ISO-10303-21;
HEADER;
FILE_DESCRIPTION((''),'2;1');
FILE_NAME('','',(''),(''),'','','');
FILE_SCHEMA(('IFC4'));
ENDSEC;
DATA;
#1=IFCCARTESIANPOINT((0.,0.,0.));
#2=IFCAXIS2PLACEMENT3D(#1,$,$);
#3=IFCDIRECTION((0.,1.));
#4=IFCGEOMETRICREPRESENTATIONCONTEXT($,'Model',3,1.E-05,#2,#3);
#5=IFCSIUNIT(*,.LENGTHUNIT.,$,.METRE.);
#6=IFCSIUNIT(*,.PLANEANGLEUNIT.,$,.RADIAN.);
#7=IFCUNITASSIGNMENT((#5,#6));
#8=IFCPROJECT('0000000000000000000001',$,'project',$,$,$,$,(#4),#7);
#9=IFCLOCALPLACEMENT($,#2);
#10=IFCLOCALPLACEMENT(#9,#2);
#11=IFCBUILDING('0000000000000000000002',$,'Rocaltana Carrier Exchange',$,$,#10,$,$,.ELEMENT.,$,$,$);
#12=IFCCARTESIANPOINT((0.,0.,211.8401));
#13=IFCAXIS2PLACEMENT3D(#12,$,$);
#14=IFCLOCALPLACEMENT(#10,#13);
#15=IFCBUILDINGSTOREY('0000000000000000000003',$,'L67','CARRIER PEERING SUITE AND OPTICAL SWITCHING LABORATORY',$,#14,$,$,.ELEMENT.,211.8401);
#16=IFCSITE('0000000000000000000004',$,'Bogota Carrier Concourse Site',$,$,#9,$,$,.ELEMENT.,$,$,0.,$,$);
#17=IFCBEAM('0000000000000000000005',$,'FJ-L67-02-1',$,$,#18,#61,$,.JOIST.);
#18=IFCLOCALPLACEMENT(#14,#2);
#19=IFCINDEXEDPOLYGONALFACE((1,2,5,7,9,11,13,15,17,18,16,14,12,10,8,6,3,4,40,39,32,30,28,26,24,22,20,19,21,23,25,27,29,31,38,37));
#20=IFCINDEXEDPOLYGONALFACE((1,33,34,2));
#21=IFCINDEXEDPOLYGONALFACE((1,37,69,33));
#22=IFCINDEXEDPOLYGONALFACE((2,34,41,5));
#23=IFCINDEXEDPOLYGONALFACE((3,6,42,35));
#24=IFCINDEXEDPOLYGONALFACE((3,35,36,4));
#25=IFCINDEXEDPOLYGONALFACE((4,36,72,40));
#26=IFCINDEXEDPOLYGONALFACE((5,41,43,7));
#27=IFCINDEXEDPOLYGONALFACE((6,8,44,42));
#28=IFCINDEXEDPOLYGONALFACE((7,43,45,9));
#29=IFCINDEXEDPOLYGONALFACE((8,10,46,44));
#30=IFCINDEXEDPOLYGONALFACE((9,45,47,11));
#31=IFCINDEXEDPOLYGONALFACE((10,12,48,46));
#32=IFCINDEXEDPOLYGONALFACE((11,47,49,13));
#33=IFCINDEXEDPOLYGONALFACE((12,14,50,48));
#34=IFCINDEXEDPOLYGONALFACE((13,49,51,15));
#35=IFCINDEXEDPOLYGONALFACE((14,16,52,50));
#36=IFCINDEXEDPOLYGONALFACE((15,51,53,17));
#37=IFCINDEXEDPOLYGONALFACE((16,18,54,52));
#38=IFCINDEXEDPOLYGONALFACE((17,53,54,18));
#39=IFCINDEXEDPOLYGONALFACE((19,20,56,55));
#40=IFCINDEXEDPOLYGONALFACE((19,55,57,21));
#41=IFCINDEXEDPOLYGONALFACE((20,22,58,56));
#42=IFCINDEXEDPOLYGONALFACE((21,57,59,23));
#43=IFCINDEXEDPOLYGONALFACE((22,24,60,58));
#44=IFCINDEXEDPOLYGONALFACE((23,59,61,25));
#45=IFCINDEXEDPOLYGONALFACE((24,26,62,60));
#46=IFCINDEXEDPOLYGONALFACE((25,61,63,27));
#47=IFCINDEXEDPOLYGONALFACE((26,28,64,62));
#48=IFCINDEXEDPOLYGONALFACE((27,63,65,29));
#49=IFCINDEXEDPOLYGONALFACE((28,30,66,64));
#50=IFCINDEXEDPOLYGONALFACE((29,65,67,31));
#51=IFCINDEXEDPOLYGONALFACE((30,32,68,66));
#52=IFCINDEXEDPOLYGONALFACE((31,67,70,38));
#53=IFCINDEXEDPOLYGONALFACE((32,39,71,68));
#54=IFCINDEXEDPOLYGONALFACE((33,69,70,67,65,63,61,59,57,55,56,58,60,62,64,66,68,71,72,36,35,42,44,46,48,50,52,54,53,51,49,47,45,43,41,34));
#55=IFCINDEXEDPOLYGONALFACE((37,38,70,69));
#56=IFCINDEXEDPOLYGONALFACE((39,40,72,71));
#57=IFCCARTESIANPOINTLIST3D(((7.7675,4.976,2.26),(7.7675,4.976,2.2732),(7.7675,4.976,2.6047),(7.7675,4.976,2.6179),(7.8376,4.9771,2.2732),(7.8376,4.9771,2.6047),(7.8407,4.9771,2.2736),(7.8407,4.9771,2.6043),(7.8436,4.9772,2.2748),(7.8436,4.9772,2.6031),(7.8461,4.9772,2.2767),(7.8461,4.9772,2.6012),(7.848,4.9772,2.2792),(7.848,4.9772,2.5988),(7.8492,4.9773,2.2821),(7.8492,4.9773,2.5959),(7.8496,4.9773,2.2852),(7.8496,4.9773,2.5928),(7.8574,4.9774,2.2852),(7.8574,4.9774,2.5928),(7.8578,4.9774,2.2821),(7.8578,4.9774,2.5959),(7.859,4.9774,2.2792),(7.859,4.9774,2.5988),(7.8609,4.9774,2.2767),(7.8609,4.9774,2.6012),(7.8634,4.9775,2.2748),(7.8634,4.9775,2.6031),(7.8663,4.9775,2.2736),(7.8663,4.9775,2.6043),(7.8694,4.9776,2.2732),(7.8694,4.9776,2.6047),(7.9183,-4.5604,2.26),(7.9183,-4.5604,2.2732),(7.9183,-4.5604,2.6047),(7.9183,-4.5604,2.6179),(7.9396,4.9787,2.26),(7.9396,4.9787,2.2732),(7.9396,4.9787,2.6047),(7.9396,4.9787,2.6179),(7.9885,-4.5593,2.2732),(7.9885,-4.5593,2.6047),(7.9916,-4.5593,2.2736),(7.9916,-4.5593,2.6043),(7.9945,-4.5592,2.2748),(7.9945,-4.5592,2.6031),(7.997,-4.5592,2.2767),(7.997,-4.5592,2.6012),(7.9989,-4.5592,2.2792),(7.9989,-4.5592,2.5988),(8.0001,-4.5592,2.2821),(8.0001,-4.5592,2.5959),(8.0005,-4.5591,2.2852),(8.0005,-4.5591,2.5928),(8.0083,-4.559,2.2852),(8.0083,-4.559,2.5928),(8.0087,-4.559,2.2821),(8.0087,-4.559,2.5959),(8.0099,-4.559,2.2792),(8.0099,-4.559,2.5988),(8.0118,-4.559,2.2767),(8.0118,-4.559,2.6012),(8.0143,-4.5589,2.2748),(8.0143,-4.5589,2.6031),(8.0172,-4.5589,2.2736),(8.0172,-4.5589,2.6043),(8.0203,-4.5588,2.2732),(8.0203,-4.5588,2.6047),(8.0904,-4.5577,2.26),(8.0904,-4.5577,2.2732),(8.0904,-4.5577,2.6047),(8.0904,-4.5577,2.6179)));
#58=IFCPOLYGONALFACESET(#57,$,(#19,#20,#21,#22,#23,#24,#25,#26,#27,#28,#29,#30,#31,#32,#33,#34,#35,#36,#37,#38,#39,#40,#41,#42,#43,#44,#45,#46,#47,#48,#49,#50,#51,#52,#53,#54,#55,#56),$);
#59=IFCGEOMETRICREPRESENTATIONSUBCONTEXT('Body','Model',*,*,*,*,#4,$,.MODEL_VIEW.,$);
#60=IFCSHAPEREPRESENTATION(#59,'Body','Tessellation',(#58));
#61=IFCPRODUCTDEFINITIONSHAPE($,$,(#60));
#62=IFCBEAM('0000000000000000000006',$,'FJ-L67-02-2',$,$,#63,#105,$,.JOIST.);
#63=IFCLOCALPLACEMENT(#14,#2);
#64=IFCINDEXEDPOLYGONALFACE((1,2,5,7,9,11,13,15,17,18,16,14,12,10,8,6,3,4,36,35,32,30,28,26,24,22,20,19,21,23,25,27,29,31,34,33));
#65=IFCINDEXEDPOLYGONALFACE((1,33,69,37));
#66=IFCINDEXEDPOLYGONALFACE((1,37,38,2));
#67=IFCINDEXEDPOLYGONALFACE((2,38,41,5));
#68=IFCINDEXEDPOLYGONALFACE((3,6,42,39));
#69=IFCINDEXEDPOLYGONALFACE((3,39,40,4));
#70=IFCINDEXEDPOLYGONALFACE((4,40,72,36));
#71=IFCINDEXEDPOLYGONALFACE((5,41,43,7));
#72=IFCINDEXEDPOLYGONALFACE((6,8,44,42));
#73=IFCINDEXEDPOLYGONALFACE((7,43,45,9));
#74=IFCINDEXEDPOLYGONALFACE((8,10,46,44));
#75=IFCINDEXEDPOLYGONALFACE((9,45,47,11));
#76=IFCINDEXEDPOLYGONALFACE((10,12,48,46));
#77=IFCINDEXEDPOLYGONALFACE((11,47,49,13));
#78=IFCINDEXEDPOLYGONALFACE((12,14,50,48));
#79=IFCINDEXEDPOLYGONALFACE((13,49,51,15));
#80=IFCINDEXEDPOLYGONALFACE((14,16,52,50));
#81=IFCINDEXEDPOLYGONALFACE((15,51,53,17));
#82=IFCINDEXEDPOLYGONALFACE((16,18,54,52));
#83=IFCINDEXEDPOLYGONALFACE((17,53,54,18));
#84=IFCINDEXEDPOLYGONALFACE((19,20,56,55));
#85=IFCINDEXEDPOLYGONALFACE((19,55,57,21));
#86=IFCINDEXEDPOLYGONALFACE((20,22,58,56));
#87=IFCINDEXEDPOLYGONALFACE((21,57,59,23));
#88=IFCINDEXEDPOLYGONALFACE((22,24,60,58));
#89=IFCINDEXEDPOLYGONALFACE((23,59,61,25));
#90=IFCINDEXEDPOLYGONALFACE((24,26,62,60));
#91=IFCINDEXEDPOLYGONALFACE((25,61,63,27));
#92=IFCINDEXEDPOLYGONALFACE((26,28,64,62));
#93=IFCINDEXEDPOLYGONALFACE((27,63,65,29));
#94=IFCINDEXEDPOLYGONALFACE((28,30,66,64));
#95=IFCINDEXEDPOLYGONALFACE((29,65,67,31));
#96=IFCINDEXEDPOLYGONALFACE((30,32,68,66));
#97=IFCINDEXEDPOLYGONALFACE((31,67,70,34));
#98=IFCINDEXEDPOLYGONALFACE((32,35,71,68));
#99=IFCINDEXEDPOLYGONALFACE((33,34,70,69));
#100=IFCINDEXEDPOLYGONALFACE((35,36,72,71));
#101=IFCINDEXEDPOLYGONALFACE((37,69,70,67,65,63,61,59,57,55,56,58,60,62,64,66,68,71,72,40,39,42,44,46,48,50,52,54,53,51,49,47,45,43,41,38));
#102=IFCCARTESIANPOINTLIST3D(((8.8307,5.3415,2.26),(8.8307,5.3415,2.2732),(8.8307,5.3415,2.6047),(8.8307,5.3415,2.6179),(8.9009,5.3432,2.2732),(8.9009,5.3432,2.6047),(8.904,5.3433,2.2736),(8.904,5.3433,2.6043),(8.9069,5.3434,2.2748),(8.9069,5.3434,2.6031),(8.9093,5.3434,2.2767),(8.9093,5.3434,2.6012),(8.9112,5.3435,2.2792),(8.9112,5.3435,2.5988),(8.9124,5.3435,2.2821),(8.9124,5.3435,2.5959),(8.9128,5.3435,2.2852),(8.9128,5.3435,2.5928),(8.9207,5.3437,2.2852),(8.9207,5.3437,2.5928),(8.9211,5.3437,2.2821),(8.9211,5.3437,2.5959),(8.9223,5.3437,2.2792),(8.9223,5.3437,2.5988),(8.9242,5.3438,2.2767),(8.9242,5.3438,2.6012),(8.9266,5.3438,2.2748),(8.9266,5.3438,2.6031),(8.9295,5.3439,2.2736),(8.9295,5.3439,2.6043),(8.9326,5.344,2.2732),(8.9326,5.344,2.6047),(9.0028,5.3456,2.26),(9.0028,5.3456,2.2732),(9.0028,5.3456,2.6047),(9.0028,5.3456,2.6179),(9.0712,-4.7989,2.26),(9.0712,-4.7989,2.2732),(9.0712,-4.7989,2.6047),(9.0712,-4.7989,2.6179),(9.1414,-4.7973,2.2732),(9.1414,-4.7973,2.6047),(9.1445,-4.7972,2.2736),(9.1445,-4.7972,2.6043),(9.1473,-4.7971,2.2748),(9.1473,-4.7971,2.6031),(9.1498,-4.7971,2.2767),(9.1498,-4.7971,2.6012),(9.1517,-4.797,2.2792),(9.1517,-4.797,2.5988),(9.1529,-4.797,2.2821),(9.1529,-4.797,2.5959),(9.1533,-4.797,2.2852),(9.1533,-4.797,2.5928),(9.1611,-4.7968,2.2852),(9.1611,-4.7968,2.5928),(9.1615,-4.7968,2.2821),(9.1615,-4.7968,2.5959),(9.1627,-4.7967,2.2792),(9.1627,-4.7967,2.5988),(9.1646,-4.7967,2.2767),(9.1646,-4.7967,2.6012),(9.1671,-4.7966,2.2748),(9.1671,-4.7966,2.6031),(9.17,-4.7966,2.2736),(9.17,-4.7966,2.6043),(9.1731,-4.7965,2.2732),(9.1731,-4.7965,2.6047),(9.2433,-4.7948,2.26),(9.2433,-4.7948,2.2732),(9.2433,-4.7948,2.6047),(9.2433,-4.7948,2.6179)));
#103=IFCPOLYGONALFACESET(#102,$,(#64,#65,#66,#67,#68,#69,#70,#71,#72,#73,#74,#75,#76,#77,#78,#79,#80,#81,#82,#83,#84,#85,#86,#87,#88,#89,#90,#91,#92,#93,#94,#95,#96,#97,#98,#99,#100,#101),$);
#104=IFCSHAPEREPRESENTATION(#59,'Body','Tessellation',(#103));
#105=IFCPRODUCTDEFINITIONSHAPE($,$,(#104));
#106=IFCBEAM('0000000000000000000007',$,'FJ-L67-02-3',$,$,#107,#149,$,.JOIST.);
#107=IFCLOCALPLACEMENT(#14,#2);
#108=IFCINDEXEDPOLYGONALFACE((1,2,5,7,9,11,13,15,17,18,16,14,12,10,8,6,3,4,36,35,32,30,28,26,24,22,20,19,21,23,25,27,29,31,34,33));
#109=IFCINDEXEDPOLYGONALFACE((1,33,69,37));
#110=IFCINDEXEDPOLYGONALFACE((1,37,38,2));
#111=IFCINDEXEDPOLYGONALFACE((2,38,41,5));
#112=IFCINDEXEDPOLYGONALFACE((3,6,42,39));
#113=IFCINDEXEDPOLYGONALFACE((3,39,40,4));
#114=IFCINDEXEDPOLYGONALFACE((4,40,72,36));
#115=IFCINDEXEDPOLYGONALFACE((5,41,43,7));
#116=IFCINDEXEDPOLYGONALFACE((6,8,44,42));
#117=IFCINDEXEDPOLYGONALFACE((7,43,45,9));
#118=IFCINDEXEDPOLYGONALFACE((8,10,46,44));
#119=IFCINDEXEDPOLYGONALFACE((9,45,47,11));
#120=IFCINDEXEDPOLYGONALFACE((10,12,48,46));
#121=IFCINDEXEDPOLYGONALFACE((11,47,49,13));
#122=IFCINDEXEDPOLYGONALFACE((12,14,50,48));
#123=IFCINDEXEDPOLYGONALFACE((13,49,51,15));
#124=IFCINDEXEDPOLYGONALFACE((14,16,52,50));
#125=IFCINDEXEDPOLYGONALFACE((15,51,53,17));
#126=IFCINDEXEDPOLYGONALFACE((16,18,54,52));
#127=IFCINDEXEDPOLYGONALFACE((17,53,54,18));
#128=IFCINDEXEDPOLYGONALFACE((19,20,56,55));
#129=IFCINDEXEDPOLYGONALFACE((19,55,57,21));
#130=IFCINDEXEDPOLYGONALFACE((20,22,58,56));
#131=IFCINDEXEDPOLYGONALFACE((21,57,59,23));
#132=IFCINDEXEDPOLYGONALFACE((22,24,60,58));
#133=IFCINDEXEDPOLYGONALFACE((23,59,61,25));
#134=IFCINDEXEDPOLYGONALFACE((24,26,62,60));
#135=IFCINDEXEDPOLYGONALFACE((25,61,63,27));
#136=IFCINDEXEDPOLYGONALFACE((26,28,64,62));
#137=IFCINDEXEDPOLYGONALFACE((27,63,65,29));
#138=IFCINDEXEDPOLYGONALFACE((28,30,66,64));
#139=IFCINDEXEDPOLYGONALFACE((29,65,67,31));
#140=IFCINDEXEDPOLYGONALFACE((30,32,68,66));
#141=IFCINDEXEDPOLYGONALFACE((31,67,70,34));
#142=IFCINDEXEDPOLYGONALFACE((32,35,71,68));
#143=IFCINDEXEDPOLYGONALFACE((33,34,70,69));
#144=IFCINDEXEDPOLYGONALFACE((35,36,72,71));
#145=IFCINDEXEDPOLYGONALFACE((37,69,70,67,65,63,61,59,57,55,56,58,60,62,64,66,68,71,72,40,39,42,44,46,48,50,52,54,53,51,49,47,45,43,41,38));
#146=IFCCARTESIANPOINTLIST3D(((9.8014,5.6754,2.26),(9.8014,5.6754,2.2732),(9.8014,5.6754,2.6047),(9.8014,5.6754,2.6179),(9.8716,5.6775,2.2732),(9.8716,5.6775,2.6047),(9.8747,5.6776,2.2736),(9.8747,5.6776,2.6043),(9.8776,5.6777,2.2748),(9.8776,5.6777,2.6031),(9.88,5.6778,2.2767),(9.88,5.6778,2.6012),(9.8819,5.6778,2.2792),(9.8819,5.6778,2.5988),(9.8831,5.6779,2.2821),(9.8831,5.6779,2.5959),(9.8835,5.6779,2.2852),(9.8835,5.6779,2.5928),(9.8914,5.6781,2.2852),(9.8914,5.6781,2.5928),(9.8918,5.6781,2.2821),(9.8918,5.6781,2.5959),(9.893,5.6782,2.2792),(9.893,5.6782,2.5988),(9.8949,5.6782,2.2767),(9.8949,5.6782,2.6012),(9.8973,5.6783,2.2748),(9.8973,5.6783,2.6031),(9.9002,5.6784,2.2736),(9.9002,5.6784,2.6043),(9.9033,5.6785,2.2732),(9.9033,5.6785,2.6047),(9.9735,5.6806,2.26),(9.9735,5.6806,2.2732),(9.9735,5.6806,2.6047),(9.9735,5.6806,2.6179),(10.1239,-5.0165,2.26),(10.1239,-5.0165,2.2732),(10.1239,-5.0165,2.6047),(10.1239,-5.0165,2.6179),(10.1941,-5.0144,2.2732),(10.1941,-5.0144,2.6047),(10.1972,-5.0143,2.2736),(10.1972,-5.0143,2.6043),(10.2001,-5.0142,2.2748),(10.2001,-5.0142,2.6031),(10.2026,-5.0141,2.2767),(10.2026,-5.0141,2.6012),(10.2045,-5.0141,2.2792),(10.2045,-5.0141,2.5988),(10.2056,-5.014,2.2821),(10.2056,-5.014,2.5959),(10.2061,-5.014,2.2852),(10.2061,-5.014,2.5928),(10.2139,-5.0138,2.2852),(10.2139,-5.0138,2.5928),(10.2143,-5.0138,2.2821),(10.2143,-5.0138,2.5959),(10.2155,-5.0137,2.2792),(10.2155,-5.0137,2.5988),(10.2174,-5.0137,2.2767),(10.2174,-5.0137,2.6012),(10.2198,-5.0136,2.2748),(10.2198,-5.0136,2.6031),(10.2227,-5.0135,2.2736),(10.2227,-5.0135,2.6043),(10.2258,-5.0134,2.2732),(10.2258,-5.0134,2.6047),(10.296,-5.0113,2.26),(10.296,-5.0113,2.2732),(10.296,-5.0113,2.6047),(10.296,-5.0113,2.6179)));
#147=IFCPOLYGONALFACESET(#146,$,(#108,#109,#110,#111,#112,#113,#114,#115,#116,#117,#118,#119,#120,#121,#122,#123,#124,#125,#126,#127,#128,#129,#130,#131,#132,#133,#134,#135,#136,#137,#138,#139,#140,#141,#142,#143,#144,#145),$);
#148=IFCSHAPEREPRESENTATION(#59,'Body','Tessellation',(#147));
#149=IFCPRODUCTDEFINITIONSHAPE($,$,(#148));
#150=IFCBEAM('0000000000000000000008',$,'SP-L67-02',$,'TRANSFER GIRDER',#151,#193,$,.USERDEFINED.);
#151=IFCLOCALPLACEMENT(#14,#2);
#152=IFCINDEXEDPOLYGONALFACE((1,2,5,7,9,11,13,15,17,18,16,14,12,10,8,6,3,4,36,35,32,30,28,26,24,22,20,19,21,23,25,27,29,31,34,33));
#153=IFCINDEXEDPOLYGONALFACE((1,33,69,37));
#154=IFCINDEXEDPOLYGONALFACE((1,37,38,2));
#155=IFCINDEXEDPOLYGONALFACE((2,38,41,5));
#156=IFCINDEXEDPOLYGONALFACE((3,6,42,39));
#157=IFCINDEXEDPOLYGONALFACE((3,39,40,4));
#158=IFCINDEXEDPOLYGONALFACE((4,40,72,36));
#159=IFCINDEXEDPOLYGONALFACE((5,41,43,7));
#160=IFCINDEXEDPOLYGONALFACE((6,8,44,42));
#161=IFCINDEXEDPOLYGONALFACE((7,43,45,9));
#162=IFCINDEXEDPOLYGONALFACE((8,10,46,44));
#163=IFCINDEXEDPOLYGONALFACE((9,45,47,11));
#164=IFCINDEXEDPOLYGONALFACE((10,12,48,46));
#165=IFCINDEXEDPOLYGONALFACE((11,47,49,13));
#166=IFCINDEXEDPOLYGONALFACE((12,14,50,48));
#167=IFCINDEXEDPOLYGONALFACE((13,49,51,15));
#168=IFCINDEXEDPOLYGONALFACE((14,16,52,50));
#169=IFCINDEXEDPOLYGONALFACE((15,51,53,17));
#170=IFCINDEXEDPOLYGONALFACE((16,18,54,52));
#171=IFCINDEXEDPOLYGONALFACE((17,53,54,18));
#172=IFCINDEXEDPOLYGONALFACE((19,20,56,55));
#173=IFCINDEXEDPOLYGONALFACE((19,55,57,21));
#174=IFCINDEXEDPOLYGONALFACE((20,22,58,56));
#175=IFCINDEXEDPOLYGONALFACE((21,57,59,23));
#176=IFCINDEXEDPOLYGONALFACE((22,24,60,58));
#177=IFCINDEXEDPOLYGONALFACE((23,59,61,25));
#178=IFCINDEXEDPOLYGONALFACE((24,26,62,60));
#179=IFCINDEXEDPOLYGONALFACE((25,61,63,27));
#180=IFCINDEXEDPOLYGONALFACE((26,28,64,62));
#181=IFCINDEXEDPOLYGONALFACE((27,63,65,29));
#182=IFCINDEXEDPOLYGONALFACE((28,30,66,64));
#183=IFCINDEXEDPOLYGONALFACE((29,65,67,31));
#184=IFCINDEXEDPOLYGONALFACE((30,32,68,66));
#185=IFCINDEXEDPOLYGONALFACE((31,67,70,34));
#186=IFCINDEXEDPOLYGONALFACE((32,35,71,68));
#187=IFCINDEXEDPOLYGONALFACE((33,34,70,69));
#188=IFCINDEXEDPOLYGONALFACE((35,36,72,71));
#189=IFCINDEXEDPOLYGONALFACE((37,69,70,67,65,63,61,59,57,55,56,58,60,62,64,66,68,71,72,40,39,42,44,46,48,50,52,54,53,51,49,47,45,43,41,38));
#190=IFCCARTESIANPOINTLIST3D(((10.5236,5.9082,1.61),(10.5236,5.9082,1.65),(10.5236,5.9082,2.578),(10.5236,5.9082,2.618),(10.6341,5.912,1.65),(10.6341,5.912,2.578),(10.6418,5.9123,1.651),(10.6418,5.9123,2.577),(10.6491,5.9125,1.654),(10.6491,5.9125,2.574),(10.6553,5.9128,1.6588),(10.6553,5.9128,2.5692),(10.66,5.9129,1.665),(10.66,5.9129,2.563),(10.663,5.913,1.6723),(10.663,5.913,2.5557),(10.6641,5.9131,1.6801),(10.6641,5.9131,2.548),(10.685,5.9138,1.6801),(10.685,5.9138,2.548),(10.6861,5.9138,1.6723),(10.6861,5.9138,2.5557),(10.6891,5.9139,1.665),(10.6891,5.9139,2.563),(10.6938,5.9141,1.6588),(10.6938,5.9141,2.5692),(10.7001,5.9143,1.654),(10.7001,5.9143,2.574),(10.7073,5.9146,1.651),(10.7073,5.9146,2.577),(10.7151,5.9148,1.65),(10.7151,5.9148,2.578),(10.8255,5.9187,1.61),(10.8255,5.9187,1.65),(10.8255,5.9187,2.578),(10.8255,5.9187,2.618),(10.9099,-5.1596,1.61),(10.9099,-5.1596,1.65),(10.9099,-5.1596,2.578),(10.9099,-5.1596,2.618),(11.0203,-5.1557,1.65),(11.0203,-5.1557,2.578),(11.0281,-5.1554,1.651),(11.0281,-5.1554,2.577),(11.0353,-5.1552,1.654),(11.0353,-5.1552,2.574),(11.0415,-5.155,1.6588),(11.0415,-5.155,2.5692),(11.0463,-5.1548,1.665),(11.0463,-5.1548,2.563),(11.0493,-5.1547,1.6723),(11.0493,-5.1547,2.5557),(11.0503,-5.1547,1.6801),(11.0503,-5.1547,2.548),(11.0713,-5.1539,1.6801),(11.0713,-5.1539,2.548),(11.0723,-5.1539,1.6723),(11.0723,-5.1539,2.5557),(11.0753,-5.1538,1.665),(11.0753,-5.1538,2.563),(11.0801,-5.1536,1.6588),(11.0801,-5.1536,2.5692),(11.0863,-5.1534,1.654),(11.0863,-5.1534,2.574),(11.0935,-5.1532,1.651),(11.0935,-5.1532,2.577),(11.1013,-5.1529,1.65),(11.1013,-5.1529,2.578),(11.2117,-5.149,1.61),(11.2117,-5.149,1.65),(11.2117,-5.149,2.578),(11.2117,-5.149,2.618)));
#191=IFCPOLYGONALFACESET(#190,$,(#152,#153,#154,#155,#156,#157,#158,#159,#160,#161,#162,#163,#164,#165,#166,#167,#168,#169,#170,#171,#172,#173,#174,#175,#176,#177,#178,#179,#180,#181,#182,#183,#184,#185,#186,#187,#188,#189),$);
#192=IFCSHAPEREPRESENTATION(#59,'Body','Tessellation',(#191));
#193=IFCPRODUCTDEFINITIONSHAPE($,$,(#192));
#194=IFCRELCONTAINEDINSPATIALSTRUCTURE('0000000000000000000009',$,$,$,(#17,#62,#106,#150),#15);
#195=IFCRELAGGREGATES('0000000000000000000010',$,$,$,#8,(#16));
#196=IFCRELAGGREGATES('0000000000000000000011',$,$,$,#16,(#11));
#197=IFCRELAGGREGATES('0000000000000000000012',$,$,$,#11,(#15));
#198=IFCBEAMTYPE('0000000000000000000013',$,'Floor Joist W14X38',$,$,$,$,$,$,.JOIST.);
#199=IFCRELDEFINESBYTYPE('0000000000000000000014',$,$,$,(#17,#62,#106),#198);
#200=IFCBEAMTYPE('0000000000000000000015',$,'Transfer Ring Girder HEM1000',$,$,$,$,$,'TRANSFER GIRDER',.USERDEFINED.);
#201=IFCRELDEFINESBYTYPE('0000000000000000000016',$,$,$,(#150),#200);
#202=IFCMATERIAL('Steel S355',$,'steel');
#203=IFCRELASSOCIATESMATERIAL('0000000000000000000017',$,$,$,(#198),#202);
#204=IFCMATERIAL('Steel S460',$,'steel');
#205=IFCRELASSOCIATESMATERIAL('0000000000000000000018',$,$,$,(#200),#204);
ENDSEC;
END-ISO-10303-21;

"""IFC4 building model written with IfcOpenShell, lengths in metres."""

from ifc_helpers import new_model, si_unit, direction, frame, origin, origin_2d, place, context, subcontext, project, spatial, i_section, extrude, material, material_profile, profile_set, type_object, element, save


model = new_model("IFC4")

# Units and contexts
model_context = context("Model", 3, precision=1e-05, world=origin(), true_north=direction((0.0, 1.0)))
body_context = subcontext(model_context, "Body", "Model", "MODEL_VIEW")
ifc_project = project(units=[si_unit("LENGTHUNIT", "METRE"), si_unit("PLANEANGLEUNIT", "RADIAN")], contexts=[model_context])

# Site, building, storey
site_placement = place(None, origin())
site = spatial("IfcSite", under=ifc_project, at=site_placement, Name="Bogota Carrier Concourse Site", CompositionType="ELEMENT", RefElevation=0.0)
building_placement = place(site_placement, origin())
building = spatial("IfcBuilding", under=site, at=building_placement, Name="Rocaltana Carrier Exchange", CompositionType="ELEMENT")
storey_placement = place(building_placement, frame((0.0, 0.0, 211.8401)))
storey = spatial("IfcBuildingStorey", under=building, at=storey_placement, Name="L67", Description="CARRIER PEERING SUITE AND OPTICAL SWITCHING LABORATORY", CompositionType="ELEMENT", Elevation=211.8401)

# Beams
ifc_material_1 = material(Name="Steel S355", Category="steel")
ifc_material_profile_1 = material_profile(ifc_material_1, i_section(OverallWidth=0.1721, OverallDepth=0.3579, WebThickness=0.0078, FlangeThickness=0.0132, FilletRadius=0.012, at=origin_2d()), Name="W14X38")
ifc_profile_set_1 = profile_set([ifc_material_profile_1], Name="Steel S355")
beam_type_1 = type_object("IfcBeamType", Name="Floor Joist W14X38", PredefinedType="JOIST", material=ifc_profile_set_1)
beam_1_placement = place(storey_placement, frame((8.0044, -4.5591, 2.439), z_axis=(-0.015819, 0.999875, 0.0), x_axis=(-0.999875, -0.015819, 0.0)))
element("IfcBeam", 1, at=beam_1_placement, inside=storey, type_object=beam_type_1, Name="FJ-L67-02-1", PredefinedType="JOIST", context=body_context, shape_type="SweptSolid", body=[
    extrude(i_section(OverallWidth=0.1721, OverallDepth=0.3579, WebThickness=0.0078, FlangeThickness=0.0132, FilletRadius=0.012, at=origin_2d()), origin(), (0.0, 0.0, 1.0), 9.5376),
])
beam_2_placement = place(storey_placement, frame((9.1572, -4.7969, 2.439), z_axis=(-0.023708, 0.999719, 0.0), x_axis=(-0.999719, -0.023708, 0.0)))
element("IfcBeam", 2, at=beam_2_placement, inside=storey, type_object=beam_type_1, Name="FJ-L67-02-2", PredefinedType="JOIST", context=body_context, shape_type="SweptSolid", body=[
    extrude(i_section(OverallWidth=0.1721, OverallDepth=0.3579, WebThickness=0.0078, FlangeThickness=0.0132, FilletRadius=0.012, at=origin_2d()), origin(), (0.0, 0.0, 1.0), 10.1433),
])
beam_3_placement = place(storey_placement, frame((10.21, -5.0139, 2.439), z_axis=(-0.03015, 0.999545, 0.0), x_axis=(-0.999545, -0.03015, 0.0)))
element("IfcBeam", 3, at=beam_3_placement, inside=storey, type_object=beam_type_1, Name="FJ-L67-02-3", PredefinedType="JOIST", context=body_context, shape_type="SweptSolid", body=[
    extrude(i_section(OverallWidth=0.1721, OverallDepth=0.3579, WebThickness=0.0078, FlangeThickness=0.0132, FilletRadius=0.012, at=origin_2d()), origin(), (0.0, 0.0, 1.0), 10.6968),
])
ifc_material_2 = material(Name="Steel S460", Category="steel")
ifc_material_profile_2 = material_profile(ifc_material_2, i_section(OverallWidth=0.302, OverallDepth=1.0081, WebThickness=0.021, FlangeThickness=0.04, FilletRadius=0.03, at=origin_2d()), Name="HEM1000")
ifc_profile_set_2 = profile_set([ifc_material_profile_2], Name="Steel S460")
beam_type_2 = type_object("IfcBeamType", Name="Transfer Ring Girder HEM1000", ElementType="TRANSFER GIRDER", PredefinedType="USERDEFINED", material=ifc_profile_set_2)
beam_4_placement = place(storey_placement, frame((11.0608, -5.1543, 2.114), z_axis=(-0.034876, 0.999392, 0.0), x_axis=(-0.999392, -0.034876, 0.0)))
element("IfcBeam", 4, at=beam_4_placement, inside=storey, type_object=beam_type_2, Name="SP-L67-02", ObjectType="TRANSFER GIRDER", PredefinedType="USERDEFINED", context=body_context, shape_type="SweptSolid", body=[
    extrude(i_section(OverallWidth=0.302, OverallDepth=1.0081, WebThickness=0.021, FlangeThickness=0.04, FilletRadius=0.03, at=origin_2d()), origin(), (0.0, 0.0, 1.0), 11.0745),
])

save(model, "model.ifc")
